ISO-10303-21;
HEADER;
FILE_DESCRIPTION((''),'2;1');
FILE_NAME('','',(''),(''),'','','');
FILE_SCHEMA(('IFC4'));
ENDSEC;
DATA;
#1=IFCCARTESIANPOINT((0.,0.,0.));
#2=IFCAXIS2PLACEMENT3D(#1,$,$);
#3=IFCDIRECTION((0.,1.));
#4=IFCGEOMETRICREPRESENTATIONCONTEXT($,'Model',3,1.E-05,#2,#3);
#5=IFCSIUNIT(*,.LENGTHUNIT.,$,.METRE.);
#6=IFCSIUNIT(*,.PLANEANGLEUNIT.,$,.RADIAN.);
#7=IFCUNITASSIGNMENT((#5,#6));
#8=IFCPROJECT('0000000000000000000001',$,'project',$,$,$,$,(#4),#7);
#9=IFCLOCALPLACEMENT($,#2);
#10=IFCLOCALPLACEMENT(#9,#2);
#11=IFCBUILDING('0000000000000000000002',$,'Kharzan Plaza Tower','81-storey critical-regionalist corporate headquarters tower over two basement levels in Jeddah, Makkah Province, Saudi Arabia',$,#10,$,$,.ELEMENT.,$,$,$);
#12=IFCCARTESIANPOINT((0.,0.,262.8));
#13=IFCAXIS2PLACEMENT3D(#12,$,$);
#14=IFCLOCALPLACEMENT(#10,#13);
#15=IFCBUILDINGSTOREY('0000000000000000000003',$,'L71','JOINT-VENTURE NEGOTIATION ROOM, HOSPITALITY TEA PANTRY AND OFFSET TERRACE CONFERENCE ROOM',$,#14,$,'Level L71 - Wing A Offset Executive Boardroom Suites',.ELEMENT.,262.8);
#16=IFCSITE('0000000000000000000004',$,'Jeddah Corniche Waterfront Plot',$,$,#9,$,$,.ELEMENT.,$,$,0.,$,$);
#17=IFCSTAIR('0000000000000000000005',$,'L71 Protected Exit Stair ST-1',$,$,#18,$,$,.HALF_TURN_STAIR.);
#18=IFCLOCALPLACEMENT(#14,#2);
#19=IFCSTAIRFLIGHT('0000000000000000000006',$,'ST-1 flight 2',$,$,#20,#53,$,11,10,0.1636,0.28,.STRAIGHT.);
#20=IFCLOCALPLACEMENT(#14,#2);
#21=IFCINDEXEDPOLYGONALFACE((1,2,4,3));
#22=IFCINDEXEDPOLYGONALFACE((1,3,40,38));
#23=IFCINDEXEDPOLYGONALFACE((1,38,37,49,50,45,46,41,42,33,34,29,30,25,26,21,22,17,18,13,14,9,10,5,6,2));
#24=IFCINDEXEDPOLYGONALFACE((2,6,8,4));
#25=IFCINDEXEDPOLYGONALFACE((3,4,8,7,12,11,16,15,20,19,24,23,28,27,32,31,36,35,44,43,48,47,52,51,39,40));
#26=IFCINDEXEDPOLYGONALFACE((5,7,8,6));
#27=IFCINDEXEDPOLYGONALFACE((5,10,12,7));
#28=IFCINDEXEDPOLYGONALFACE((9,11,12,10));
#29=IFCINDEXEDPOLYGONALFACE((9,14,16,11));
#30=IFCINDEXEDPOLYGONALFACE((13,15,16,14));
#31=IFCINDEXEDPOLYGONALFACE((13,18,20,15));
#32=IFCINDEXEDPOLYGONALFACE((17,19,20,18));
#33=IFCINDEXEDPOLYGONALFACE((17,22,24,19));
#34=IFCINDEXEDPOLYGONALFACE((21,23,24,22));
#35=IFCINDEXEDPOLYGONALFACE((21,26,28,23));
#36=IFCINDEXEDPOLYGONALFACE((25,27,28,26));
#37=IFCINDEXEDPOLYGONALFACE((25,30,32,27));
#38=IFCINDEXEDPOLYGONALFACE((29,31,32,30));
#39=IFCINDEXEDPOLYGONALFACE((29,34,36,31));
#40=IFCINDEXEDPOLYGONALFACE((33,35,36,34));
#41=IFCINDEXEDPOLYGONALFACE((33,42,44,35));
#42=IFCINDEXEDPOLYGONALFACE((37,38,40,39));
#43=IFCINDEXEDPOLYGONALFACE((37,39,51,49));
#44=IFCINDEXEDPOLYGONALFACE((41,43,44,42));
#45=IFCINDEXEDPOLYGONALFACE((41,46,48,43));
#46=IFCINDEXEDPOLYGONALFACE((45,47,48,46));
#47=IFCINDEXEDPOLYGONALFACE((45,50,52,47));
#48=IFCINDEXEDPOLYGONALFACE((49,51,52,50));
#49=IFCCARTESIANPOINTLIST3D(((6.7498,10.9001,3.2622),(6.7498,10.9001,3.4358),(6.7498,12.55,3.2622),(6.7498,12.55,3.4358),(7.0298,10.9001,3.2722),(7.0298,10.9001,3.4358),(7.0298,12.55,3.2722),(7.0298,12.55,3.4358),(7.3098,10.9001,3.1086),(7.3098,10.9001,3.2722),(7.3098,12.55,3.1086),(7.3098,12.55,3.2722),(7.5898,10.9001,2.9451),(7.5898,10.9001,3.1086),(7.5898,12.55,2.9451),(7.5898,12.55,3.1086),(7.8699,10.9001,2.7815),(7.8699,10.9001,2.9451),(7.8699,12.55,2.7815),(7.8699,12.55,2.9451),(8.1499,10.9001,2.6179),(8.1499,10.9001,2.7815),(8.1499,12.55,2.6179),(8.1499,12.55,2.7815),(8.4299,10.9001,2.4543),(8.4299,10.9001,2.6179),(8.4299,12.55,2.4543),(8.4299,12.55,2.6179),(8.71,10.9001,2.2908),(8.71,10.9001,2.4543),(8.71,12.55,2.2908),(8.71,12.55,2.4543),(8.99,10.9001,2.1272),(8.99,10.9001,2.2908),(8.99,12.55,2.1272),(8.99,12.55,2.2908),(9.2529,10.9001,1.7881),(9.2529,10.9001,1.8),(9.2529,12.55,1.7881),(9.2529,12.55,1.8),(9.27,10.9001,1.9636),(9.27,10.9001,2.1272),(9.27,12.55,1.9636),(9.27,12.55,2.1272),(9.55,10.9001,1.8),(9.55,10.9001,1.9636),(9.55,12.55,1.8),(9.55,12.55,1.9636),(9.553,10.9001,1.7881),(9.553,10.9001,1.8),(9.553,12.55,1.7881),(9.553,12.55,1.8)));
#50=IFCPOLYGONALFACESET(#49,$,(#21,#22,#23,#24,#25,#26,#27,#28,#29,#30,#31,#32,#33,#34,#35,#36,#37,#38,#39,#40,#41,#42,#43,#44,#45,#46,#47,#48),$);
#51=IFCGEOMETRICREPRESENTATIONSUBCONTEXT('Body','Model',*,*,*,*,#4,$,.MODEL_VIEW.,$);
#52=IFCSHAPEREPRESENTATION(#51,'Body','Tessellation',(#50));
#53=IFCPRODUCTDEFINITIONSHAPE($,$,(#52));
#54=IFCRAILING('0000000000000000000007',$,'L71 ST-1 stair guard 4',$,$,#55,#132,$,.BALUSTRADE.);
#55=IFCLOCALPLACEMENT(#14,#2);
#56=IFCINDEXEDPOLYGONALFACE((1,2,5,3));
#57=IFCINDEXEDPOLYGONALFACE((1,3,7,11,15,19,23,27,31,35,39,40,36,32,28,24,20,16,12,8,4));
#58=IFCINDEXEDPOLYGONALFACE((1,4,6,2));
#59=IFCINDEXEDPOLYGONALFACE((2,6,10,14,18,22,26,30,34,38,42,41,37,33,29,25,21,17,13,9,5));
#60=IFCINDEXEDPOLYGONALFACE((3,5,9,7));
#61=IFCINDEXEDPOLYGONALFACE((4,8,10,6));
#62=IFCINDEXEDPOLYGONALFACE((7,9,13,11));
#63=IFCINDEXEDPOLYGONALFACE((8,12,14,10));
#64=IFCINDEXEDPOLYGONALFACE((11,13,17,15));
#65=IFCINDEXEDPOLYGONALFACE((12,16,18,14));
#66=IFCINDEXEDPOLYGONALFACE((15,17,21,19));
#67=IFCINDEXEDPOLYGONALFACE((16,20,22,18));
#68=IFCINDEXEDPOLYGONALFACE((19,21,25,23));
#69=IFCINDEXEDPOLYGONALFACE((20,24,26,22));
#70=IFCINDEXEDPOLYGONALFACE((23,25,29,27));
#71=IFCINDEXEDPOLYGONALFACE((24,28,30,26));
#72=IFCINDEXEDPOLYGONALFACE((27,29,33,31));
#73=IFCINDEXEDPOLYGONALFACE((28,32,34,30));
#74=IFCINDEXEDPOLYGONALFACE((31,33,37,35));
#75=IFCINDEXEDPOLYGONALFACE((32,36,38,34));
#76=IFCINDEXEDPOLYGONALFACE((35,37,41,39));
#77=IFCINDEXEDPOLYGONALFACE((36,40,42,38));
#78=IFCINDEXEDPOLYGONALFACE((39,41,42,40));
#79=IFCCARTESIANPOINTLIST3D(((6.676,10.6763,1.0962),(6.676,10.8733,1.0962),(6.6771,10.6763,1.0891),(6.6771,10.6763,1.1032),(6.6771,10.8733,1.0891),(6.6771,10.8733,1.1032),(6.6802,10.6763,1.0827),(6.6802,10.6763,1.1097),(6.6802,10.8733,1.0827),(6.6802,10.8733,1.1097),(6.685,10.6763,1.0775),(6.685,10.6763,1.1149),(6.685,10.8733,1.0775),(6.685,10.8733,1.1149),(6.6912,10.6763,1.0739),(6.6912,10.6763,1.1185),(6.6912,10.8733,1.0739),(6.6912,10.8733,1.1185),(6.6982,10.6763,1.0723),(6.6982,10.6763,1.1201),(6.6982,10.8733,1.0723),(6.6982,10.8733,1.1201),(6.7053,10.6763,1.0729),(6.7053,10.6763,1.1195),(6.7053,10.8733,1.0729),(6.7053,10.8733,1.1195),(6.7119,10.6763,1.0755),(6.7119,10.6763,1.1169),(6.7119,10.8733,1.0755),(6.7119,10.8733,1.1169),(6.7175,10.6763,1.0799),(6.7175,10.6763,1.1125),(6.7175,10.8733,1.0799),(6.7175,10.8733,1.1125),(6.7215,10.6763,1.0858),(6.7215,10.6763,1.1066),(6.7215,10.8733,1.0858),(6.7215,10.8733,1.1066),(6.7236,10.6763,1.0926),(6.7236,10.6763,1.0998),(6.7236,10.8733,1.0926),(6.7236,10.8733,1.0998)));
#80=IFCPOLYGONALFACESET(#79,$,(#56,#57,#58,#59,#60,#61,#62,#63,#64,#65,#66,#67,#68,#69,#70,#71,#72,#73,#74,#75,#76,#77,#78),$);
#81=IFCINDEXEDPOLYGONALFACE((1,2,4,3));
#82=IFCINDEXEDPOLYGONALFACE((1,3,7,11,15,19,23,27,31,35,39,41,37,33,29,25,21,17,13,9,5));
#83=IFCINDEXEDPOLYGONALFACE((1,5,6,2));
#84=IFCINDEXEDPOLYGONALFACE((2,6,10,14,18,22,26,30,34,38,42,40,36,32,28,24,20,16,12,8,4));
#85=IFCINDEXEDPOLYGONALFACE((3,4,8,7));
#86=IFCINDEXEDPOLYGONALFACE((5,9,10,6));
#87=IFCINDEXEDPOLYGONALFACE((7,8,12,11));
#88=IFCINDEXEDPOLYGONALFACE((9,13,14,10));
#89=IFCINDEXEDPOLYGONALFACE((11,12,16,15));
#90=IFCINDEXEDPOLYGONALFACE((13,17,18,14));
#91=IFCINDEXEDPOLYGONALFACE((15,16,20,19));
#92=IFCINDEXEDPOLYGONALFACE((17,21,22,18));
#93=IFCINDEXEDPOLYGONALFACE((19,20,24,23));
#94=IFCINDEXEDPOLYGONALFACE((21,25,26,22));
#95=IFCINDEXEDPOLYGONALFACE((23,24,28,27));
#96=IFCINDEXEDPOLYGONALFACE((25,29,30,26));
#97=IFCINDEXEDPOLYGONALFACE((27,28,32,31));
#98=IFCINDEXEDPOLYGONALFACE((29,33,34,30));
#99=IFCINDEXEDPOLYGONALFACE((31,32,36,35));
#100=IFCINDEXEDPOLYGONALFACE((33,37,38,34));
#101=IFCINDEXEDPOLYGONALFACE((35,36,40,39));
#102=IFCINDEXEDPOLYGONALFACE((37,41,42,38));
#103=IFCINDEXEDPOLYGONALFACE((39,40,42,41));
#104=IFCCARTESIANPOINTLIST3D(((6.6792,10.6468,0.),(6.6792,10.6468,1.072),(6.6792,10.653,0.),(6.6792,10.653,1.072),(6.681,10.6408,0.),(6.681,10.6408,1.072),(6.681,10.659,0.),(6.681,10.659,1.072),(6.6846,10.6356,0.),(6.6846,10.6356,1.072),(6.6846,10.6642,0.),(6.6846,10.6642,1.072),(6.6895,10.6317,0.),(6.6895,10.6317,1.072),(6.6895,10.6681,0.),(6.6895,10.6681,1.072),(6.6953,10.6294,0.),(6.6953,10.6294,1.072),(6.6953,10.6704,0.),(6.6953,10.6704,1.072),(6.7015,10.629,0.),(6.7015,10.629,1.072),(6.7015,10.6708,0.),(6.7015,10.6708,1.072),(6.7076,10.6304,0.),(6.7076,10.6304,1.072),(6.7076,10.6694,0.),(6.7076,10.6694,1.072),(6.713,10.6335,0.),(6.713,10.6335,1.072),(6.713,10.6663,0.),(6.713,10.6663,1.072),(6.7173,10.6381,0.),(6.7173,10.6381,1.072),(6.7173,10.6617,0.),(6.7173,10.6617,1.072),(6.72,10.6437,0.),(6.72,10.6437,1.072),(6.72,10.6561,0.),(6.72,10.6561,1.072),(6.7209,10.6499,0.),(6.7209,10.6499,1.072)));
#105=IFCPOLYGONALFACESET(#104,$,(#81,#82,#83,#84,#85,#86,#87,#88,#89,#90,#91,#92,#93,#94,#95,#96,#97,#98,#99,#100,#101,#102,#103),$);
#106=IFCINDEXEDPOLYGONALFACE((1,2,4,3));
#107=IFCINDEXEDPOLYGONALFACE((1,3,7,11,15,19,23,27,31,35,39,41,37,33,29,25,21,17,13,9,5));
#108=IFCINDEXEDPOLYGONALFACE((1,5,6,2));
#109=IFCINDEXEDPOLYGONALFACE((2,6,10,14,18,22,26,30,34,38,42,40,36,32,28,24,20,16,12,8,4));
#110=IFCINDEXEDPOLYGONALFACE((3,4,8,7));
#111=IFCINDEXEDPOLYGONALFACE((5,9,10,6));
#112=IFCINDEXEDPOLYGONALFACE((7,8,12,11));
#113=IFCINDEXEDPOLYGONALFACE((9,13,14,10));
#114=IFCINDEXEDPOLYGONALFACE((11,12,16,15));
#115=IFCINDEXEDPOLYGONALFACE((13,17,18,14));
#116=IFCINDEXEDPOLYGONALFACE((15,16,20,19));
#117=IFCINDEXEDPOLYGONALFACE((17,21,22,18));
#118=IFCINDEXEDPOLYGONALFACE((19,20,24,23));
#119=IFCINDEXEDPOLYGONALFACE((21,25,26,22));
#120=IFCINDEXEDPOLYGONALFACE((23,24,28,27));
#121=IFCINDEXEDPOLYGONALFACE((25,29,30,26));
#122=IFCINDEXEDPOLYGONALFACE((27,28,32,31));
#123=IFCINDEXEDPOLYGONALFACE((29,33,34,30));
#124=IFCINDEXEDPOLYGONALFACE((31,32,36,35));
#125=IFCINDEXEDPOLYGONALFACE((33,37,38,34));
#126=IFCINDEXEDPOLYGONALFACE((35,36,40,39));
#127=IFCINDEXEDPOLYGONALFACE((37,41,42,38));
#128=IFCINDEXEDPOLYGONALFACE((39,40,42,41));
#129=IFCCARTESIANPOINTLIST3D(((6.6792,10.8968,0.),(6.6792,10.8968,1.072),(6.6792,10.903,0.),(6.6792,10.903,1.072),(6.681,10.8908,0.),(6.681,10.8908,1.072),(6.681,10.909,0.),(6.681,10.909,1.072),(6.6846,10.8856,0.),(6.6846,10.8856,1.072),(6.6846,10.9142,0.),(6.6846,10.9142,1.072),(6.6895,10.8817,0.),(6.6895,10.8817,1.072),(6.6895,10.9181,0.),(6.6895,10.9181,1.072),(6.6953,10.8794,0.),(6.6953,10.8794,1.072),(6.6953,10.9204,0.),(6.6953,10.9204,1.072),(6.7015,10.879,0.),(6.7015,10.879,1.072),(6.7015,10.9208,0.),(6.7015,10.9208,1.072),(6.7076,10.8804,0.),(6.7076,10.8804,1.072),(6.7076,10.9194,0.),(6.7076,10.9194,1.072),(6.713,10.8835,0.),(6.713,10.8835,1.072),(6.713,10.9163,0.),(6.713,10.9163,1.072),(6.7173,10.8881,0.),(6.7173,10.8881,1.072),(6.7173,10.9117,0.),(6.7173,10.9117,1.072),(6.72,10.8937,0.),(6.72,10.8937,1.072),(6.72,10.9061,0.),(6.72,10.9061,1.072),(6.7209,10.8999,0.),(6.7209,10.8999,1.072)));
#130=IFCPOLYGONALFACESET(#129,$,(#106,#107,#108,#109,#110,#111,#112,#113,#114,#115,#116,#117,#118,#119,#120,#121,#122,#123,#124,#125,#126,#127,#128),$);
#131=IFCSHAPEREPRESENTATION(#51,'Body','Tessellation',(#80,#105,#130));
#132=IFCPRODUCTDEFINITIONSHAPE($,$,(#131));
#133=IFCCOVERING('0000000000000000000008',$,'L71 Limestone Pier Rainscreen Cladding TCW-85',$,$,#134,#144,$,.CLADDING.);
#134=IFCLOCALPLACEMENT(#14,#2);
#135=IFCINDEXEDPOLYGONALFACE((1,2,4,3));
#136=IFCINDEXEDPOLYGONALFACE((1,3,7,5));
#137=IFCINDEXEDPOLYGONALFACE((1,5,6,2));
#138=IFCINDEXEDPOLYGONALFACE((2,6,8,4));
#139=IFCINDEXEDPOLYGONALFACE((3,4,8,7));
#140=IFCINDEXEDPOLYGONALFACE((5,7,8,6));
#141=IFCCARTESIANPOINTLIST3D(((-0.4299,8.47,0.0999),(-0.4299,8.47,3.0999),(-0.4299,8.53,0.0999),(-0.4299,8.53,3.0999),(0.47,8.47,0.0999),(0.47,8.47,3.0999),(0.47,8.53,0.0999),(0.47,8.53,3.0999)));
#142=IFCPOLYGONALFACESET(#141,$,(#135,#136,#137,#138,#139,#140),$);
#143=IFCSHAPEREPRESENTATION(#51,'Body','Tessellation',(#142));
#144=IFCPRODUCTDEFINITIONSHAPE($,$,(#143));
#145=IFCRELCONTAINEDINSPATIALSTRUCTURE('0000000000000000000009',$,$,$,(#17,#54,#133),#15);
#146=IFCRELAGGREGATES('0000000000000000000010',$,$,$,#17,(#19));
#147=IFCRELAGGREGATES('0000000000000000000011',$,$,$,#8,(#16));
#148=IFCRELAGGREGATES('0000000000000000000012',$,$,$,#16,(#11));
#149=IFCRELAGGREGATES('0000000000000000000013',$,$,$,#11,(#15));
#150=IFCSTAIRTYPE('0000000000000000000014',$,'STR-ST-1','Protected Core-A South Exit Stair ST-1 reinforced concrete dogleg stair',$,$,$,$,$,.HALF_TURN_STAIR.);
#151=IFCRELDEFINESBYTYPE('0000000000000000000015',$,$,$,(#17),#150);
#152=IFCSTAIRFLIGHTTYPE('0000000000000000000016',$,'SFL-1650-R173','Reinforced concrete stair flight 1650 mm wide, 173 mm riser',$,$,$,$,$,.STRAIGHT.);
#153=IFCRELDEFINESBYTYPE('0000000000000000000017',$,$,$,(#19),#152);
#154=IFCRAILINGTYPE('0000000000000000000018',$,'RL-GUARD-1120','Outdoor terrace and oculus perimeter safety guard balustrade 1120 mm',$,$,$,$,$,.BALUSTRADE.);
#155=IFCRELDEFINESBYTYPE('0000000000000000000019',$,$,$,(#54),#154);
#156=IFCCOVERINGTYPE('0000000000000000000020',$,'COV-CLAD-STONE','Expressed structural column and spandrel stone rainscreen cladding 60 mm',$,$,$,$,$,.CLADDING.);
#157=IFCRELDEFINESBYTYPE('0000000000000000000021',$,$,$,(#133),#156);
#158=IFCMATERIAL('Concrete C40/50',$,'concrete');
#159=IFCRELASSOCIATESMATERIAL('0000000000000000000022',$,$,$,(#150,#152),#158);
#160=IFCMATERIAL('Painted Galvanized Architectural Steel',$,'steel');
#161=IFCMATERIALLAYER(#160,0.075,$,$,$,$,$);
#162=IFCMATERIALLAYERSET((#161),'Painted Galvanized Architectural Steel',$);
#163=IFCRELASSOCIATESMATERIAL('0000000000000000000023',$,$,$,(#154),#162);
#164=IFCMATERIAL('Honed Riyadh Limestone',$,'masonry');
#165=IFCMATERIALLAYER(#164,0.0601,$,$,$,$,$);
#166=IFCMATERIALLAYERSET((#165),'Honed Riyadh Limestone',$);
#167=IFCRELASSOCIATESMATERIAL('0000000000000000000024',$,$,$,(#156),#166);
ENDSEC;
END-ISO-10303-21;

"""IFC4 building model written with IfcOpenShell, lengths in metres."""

from ifc_helpers import new_model, si_unit, direction, frame, origin, origin_2d, place, context, subcontext, project, spatial, polyline, rectangle, circle, outline, extrude, source, transform, mapped, material, layer, layer_set, type_object, element, aggregate, save


model = new_model("IFC4")

# Units and contexts
model_context = context("Model", 3, precision=1e-05, world=origin(), true_north=direction((0.0, 1.0)))
body_context = subcontext(model_context, "Body", "Model", "MODEL_VIEW")
ifc_project = project(units=[si_unit("LENGTHUNIT", "METRE"), si_unit("PLANEANGLEUNIT", "RADIAN")], contexts=[model_context])

# Site, building, storey
site_placement = place(None, origin())
site = spatial("IfcSite", under=ifc_project, at=site_placement, Name="Jeddah Corniche Waterfront Plot", CompositionType="ELEMENT", RefElevation=0.0)
building_placement = place(site_placement, origin())
building = spatial("IfcBuilding", under=site, at=building_placement, Name="Kharzan Plaza Tower", Description="81-storey critical-regionalist corporate headquarters tower over two basement levels in Jeddah, Makkah Province, Saudi Arabia", CompositionType="ELEMENT")
storey_placement = place(building_placement, frame((0.0, 0.0, 262.8)))
storey = spatial("IfcBuildingStorey", under=building, at=storey_placement, Name="L71", Description="JOINT-VENTURE NEGOTIATION ROOM, HOSPITALITY TEA PANTRY AND OFFSET TERRACE CONFERENCE ROOM", LongName="Level L71 - Wing A Offset Executive Boardroom Suites", CompositionType="ELEMENT", Elevation=262.8)

# Shared definitions
ifc_material_1 = material(Name="Concrete C40/50", Category="concrete")

# Stair, stair flight
stair_type = type_object("IfcStairType", Name="STR-ST-1", Description="Protected Core-A South Exit Stair ST-1 reinforced concrete dogleg stair", PredefinedType="HALF_TURN_STAIR", material=ifc_material_1)
stair_placement = place(storey_placement, origin())
stair = element("IfcStair", 1, at=stair_placement, inside=storey, type_object=stair_type, Name="L71 Protected Exit Stair ST-1", PredefinedType="HALF_TURN_STAIR")
stair_flight_type = type_object("IfcStairFlightType", Name="SFL-1650-R173", Description="Reinforced concrete stair flight 1650 mm wide, 173 mm riser", PredefinedType="STRAIGHT", material=ifc_material_1)
shared_shape_1 = source(origin(), body_context, "Body", "SweptSolid", [
    extrude(outline(polyline([(-0.0029, -0.012), (-0.0029, 0.0), (0.0, 0.0), (0.0, 0.1636), (0.28, 0.1636), (0.28, 0.3271), (0.5601, 0.3271), (0.5601, 0.4907), (0.8401, 0.4907), (0.8401, 0.6543), (1.1201, 0.6543), (1.1201, 0.8179), (1.4001, 0.8179), (1.4001, 0.9814), (1.6802, 0.9814), (1.6802, 1.145), (1.9602, 1.145), (1.9602, 1.3086), (2.2402, 1.3086), (2.2402, 1.4722), (2.5203, 1.4722), (2.5203, 1.6357), (2.8003, 1.6357), (2.8003, 1.7993), (2.8003, 1.4622), (0.2971, 0.0), (0.2971, -0.012), (-0.0029, -0.012)])), frame((0.0, 0.825, 0.0), z_axis=(0.0, -1.0, 0.0), x_axis=(1.0, 0.0, 0.0)), (0.0, 0.0, 1.0), 1.6499),
])
stair_flight_1_placement = place(storey_placement, frame((9.55, 11.7251, 1.8), z_axis=(0.0, 0.0, 1.0), x_axis=(-1.0, 0.0, 0.0)))
stair_flight_1 = element("IfcStairFlight", 2, at=stair_flight_1_placement, type_object=stair_flight_type, Name="ST-1 flight 2", NumberOfRisers=11, NumberOfTreads=10, PredefinedType="STRAIGHT", RiserHeight=0.1636, TreadLength=0.28, context=body_context, shape_type="MappedRepresentation", body=[
    mapped(shared_shape_1, transform((0.0, 0.0, 0.0), x_axis=(1.0, 0.0, 0.0), y_axis=(0.0, 1.0, 0.0), z_axis=(0.0, 0.0, 1.0))),
])
aggregate(stair, [stair_flight_1])

# Railing
ifc_material_2 = material(Name="Painted Galvanized Architectural Steel", Category="steel")
ifc_layer_1 = layer(ifc_material_2, 0.075)
ifc_layer_set_1 = layer_set([ifc_layer_1], Name="Painted Galvanized Architectural Steel")
railing_type_1 = type_object("IfcRailingType", Name="RL-GUARD-1120", Description="Outdoor terrace and oculus perimeter safety guard balustrade 1120 mm", PredefinedType="BALUSTRADE", material=ifc_layer_set_1)
shared_shape_2 = source(origin(), body_context, "Body", "SweptSolid", [
    extrude(circle(Radius=0.0239, at=origin_2d()), frame((0.0, 0.0264, 1.0962), z_axis=(0.0, 1.0, 0.0), x_axis=(-1.0, 0.0, 0.0)), (0.0, 0.0, 1.0), 0.197),
    extrude(circle(Radius=0.021, at=origin_2d()), origin(), (0.0, 0.0, 1.0), 1.072),
    extrude(circle(Radius=0.021, at=origin_2d()), frame((0.0, 0.25, 0.0)), (0.0, 0.0, 1.0), 1.072),
])
railing_1_placement = place(storey_placement, frame((6.7, 10.6499, 0.0)))
element("IfcRailing", 3, at=railing_1_placement, inside=storey, type_object=railing_type_1, Name="L71 ST-1 stair guard 4", PredefinedType="BALUSTRADE", context=body_context, shape_type="MappedRepresentation", body=[
    mapped(shared_shape_2, transform((0.0, 0.0, 0.0), x_axis=(1.0, 0.0, 0.0), y_axis=(0.0, 1.0, 0.0), z_axis=(0.0, 0.0, 1.0))),
])

# Covering
ifc_material_3 = material(Name="Honed Riyadh Limestone", Category="masonry")
ifc_layer_2 = layer(ifc_material_3, 0.0601)
ifc_layer_set_2 = layer_set([ifc_layer_2], Name="Honed Riyadh Limestone")
covering_type = type_object("IfcCoveringType", Name="COV-CLAD-STONE", Description="Expressed structural column and spandrel stone rainscreen cladding 60 mm", PredefinedType="CLADDING", material=ifc_layer_set_2)
shared_shape_3 = source(origin(), body_context, "Body", "SweptSolid", [
    extrude(rectangle(XDim=0.0601, YDim=0.8999, at=origin_2d()), origin(), (0.0, 0.0, 1.0), 3.0),
])
covering_placement = place(storey_placement, frame((0.02, 8.5, 0.0999), z_axis=(0.0, 0.0, 1.0), x_axis=(0.0, 1.0, 0.0)))
element("IfcCovering", 4, at=covering_placement, inside=storey, type_object=covering_type, Name="L71 Limestone Pier Rainscreen Cladding TCW-85", PredefinedType="CLADDING", context=body_context, shape_type="MappedRepresentation", body=[
    mapped(shared_shape_3, transform((0.0, 0.0, 0.0), x_axis=(1.0, 0.0, 0.0), y_axis=(0.0, 1.0, 0.0), z_axis=(0.0, 0.0, 1.0))),
])

save(model, "model.ifc")
